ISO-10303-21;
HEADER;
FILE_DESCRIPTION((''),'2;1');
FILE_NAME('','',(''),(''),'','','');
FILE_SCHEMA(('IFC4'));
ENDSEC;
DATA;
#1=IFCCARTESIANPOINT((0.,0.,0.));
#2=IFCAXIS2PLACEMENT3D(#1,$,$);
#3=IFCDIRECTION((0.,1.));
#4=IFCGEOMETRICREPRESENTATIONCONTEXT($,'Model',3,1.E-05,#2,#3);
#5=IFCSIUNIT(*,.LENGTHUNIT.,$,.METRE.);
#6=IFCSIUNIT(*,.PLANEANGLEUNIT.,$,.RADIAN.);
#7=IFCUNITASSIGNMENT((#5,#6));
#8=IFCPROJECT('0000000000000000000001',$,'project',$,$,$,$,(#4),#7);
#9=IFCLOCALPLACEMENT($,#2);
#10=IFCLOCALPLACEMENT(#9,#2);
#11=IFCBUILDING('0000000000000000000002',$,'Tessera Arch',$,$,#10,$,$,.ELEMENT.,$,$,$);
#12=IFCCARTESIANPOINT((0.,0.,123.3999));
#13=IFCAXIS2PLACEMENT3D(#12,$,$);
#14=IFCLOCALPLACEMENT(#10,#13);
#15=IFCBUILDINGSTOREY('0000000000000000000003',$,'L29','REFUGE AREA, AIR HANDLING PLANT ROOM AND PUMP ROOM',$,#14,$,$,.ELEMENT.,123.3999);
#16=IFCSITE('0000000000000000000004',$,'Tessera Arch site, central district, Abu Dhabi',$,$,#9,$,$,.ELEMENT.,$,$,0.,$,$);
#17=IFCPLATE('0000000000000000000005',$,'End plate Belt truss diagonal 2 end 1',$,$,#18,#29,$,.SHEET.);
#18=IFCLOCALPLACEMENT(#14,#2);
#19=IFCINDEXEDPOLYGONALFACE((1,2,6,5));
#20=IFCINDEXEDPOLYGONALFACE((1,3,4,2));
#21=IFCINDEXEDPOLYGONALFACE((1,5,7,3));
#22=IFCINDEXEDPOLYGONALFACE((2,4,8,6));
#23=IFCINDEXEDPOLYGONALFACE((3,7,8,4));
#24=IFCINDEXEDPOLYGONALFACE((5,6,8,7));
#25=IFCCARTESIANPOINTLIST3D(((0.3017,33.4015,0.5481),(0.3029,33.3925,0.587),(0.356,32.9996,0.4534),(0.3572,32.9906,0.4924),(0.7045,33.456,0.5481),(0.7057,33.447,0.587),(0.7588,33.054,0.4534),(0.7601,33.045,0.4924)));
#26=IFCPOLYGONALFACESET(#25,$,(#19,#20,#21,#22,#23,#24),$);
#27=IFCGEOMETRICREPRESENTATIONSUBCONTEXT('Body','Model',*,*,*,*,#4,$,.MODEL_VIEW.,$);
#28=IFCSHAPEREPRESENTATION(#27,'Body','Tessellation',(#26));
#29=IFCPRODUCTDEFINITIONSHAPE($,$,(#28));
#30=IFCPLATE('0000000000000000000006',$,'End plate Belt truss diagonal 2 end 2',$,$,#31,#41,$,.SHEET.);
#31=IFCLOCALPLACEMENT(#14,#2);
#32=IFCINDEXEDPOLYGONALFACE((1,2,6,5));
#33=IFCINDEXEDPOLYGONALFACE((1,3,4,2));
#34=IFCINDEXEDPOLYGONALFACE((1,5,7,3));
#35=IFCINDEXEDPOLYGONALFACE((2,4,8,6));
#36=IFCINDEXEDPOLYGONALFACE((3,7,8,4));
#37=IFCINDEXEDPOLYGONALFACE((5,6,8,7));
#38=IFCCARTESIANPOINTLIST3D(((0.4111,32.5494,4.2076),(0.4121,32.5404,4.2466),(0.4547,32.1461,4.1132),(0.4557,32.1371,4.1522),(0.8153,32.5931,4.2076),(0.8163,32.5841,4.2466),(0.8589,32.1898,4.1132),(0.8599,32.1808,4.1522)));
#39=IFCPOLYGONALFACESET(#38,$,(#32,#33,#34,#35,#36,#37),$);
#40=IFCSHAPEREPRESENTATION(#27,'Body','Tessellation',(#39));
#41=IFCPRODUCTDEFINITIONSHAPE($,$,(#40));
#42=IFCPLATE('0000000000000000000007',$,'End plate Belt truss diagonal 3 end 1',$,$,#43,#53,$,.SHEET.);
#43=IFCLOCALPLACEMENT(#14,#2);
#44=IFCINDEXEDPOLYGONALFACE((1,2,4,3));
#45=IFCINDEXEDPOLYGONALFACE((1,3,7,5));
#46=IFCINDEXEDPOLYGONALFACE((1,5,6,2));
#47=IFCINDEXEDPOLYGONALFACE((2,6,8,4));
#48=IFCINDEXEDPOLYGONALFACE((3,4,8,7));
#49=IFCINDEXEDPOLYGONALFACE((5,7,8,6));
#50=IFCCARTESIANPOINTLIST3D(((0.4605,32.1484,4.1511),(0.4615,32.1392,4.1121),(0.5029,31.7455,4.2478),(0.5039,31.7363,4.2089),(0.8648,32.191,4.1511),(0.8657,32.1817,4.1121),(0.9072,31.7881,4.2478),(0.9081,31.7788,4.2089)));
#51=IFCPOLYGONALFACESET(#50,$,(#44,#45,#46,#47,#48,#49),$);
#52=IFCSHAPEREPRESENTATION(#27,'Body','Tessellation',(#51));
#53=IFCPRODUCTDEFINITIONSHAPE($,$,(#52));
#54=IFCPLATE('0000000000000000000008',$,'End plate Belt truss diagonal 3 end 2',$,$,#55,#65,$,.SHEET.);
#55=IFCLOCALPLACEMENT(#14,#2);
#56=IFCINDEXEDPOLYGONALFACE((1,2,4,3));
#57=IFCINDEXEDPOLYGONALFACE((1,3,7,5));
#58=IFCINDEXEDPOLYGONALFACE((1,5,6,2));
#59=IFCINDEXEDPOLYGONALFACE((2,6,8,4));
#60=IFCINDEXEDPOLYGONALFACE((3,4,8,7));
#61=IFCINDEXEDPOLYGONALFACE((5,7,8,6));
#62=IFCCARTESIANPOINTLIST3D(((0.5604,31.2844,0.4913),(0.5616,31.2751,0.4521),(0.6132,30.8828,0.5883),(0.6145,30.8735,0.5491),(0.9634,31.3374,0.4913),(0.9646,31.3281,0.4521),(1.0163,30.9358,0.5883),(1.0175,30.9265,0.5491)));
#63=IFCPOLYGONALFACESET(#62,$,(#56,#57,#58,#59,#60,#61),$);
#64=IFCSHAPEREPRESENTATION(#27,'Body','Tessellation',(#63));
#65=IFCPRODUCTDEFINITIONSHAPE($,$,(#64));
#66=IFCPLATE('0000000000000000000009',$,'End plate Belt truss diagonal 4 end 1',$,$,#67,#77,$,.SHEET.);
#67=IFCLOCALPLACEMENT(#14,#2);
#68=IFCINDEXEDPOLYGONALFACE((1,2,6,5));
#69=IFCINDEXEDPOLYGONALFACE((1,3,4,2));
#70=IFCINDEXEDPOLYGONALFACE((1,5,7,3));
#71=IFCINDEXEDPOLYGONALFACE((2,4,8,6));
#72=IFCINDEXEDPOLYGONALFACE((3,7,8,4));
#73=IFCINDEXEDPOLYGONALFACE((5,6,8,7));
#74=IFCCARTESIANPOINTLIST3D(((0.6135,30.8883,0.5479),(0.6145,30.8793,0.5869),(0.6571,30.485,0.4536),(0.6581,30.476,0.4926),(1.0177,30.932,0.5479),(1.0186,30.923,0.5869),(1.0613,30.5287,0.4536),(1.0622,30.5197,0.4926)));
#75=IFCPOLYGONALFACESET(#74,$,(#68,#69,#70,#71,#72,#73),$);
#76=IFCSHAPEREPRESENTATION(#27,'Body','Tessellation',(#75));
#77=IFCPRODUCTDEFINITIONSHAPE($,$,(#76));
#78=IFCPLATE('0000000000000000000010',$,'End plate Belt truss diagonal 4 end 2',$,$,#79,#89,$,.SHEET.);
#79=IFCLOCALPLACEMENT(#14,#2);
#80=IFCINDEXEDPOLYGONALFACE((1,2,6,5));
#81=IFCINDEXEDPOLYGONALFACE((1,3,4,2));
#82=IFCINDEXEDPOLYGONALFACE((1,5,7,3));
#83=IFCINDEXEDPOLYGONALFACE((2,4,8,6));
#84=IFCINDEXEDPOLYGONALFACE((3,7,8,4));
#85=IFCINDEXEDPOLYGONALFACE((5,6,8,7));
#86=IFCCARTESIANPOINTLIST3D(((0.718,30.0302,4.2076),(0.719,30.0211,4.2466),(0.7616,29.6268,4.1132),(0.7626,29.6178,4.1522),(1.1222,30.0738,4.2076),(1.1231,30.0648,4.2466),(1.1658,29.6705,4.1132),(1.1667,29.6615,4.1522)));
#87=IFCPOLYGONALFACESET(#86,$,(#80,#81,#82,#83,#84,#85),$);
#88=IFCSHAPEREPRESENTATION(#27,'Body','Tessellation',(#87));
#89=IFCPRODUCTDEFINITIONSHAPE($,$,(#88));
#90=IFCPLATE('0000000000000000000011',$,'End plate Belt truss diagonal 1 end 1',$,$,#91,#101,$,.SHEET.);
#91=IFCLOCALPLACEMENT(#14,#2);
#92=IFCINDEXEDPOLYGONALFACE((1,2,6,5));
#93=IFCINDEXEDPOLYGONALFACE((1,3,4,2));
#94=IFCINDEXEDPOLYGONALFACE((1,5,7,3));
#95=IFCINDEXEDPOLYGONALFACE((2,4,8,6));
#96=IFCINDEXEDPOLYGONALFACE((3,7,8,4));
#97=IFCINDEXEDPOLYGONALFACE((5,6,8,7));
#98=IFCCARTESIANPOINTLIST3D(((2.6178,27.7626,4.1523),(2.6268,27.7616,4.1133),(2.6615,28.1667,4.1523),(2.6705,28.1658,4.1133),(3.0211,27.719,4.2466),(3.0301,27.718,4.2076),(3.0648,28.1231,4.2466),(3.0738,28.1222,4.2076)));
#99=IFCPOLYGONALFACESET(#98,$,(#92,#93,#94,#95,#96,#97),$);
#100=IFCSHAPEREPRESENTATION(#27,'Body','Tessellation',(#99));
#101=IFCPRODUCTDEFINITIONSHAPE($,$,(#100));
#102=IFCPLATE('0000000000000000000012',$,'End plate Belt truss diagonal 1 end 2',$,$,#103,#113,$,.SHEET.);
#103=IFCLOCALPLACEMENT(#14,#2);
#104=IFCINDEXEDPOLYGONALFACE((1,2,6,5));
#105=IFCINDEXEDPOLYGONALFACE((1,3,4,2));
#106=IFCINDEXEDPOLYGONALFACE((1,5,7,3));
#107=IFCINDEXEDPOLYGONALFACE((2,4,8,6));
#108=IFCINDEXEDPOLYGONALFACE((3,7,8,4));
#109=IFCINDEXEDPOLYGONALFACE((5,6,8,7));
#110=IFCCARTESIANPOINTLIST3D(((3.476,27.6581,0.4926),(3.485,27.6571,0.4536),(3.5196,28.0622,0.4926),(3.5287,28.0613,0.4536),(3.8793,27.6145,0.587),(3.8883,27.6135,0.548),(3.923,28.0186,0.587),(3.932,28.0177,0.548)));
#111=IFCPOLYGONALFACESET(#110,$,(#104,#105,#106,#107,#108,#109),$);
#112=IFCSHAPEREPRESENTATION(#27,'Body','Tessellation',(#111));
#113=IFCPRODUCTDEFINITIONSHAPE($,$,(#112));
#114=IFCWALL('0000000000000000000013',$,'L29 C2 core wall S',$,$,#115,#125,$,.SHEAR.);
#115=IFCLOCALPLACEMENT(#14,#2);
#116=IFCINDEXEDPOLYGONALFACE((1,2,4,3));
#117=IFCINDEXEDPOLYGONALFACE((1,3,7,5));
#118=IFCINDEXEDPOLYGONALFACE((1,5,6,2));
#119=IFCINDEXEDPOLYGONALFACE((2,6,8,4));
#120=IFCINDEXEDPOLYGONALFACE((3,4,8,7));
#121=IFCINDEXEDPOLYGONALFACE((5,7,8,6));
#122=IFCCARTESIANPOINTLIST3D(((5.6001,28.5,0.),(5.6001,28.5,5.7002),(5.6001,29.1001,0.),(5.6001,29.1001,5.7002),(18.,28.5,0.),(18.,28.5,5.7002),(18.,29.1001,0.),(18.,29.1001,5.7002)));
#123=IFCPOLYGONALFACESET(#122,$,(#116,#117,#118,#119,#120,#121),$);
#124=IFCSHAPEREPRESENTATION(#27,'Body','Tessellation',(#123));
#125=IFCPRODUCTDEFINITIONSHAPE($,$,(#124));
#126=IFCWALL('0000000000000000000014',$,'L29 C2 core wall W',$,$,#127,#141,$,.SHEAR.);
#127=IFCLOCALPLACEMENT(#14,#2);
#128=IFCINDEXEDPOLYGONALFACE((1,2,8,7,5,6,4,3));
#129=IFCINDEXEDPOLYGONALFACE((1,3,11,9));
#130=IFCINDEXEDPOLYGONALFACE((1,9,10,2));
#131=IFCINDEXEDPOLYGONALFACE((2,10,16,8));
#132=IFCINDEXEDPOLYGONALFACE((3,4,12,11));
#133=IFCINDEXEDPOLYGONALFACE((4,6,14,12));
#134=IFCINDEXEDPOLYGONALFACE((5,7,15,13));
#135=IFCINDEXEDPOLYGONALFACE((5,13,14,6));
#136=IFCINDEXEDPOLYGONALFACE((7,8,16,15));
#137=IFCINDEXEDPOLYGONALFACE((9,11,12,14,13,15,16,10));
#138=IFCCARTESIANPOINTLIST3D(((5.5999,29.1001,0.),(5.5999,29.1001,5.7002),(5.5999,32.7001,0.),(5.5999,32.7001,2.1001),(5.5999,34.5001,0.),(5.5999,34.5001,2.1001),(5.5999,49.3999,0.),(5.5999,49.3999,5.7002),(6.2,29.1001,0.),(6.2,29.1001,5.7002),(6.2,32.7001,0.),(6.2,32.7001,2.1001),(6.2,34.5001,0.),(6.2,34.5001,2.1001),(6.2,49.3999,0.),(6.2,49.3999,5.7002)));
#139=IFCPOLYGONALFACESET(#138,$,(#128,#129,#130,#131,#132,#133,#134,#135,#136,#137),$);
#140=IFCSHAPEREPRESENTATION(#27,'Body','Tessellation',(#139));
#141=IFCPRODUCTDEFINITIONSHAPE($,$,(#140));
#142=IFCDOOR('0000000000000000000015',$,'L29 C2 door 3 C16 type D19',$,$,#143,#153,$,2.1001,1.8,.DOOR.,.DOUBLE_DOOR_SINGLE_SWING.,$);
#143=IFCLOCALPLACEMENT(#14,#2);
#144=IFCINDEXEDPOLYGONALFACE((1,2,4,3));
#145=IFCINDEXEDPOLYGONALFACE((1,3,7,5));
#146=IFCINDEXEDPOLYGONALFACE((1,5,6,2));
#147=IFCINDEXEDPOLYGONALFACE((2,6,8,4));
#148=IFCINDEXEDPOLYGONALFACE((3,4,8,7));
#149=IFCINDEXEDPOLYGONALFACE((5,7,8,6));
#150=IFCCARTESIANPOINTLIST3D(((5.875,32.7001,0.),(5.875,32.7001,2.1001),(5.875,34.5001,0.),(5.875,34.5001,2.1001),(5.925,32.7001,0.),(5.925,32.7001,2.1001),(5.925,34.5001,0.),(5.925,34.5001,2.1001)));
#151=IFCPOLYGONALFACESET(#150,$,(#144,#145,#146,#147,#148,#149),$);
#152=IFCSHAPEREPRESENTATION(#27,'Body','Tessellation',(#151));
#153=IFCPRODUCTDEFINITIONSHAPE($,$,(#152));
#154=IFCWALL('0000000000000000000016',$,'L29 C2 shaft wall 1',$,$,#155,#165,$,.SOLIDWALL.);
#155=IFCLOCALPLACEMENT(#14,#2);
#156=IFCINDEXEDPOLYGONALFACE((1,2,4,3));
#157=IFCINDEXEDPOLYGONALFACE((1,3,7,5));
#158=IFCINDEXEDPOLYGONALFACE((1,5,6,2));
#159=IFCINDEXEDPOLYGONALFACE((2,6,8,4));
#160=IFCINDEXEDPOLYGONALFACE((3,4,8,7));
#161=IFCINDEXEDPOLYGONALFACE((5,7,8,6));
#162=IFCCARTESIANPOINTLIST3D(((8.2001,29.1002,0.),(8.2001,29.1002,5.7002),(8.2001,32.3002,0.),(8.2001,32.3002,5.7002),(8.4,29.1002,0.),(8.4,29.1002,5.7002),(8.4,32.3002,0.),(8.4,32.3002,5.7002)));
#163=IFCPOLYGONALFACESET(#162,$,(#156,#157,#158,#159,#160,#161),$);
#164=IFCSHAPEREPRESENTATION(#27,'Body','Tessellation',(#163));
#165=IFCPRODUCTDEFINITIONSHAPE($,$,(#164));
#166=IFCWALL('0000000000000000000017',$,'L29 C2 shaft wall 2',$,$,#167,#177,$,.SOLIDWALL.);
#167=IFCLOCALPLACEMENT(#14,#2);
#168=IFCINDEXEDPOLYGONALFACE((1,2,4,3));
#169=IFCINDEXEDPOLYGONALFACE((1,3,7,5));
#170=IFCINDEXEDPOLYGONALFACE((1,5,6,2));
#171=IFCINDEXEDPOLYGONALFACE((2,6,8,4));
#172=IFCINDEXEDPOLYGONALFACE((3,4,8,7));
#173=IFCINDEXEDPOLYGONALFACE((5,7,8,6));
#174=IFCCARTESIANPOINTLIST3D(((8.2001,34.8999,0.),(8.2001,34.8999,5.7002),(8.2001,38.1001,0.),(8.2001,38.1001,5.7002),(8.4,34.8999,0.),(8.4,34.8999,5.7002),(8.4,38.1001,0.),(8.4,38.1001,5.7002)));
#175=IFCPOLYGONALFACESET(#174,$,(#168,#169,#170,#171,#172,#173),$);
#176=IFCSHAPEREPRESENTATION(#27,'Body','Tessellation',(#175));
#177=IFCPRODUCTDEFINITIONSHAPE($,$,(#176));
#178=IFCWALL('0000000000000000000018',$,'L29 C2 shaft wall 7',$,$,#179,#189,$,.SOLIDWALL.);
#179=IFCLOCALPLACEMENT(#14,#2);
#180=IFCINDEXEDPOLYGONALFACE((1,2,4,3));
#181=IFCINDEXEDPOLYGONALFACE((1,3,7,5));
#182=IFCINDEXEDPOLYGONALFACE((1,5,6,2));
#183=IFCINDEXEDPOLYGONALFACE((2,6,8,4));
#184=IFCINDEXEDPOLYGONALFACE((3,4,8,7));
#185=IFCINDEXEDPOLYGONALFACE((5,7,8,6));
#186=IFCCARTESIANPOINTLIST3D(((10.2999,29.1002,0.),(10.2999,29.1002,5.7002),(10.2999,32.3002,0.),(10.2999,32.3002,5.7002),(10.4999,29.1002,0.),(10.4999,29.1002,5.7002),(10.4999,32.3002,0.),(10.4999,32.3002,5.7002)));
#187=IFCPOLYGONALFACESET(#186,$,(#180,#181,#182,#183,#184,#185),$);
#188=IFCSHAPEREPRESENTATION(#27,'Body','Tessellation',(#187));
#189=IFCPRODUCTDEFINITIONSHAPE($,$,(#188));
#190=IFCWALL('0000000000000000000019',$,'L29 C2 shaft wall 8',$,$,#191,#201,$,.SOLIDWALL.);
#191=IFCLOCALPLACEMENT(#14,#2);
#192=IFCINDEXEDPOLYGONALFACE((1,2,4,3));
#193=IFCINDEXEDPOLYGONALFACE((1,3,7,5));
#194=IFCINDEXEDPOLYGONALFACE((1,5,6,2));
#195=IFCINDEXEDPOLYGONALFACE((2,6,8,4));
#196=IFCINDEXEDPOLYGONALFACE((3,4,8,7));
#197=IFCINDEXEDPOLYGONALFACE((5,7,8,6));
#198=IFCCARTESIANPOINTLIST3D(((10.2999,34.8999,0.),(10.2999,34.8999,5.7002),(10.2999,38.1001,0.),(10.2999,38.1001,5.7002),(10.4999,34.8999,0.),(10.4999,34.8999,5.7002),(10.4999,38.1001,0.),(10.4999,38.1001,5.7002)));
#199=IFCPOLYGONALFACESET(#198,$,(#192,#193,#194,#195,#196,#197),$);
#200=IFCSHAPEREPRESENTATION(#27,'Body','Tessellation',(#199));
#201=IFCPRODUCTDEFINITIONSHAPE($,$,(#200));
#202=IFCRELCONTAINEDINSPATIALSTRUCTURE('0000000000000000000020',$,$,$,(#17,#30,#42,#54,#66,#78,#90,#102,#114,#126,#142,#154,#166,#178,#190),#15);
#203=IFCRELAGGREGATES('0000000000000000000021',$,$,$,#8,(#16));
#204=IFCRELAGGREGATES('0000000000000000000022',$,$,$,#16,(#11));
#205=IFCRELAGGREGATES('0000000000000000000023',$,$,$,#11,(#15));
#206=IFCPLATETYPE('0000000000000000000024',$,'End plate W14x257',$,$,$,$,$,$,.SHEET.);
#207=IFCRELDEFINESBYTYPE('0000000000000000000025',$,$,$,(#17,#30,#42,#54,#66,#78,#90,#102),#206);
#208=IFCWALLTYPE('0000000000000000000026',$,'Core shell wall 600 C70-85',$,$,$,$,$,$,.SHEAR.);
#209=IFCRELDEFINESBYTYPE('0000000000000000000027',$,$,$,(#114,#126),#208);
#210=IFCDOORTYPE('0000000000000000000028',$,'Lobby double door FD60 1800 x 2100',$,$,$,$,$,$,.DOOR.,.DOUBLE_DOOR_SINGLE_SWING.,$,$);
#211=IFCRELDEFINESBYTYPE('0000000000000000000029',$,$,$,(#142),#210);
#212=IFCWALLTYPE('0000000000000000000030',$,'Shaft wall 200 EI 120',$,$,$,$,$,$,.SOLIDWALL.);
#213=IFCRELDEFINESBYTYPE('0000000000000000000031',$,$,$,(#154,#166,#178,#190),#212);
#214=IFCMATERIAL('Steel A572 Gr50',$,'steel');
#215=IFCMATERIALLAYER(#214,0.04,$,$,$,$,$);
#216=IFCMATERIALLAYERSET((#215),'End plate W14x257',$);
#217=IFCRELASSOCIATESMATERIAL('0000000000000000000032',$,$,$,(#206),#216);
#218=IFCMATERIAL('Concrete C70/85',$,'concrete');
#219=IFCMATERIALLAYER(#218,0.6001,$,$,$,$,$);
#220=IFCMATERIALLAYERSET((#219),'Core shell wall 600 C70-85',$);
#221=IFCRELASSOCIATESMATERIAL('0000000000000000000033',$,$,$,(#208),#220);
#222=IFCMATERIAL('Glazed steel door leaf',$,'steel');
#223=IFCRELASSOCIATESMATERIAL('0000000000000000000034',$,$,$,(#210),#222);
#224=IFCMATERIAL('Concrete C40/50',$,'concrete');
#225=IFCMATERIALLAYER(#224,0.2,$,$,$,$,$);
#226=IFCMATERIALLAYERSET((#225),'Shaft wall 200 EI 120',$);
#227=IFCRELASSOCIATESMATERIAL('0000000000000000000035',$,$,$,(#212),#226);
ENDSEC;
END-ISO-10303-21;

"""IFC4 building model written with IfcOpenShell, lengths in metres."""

from ifc_helpers import new_model, si_unit, direction, frame, frame_2d, origin, origin_2d, place, context, subcontext, project, spatial, rectangle, extrude, material, layer, layer_set, type_object, element, fill, save


model = new_model("IFC4")

# Units and contexts
model_context = context("Model", 3, precision=1e-05, world=origin(), true_north=direction((0.0, 1.0)))
body_context = subcontext(model_context, "Body", "Model", "MODEL_VIEW")
ifc_project = project(units=[si_unit("LENGTHUNIT", "METRE"), si_unit("PLANEANGLEUNIT", "RADIAN")], contexts=[model_context])

# Site, building, storey
site_placement = place(None, origin())
site = spatial("IfcSite", under=ifc_project, at=site_placement, Name="Tessera Arch site, central district, Abu Dhabi", CompositionType="ELEMENT", RefElevation=0.0)
building_placement = place(site_placement, origin())
building = spatial("IfcBuilding", under=site, at=building_placement, Name="Tessera Arch", CompositionType="ELEMENT")
storey_placement = place(building_placement, frame((0.0, 0.0, 123.3999)))
storey = spatial("IfcBuildingStorey", under=building, at=storey_placement, Name="L29", Description="REFUGE AREA, AIR HANDLING PLANT ROOM AND PUMP ROOM", CompositionType="ELEMENT", Elevation=123.3999)

# Plates
ifc_material_1 = material(Name="Steel A572 Gr50", Category="steel")
ifc_layer_1 = layer(ifc_material_1, 0.04)
ifc_layer_set_1 = layer_set([ifc_layer_1], Name="End plate W14x257")
plate_type_1 = type_object("IfcPlateType", Name="End plate W14x257", PredefinedType="SHEET", material=ifc_layer_set_1)
for number, where, z_axis, x_axis, name in (
    (1, (0.5303, 33.2278, 0.5007), (0.030432, -0.2252, 0.973837), (0.990992, 0.133918, 0.0), "End plate Belt truss diagonal 2 end 1"),
    (2, (0.635, 32.3696, 4.1604), (0.02435, -0.225237, 0.974), (0.994207, 0.107482, 0.0), "End plate Belt truss diagonal 2 end 2"),
    (3, (0.6838, 31.9683, 4.1995), (0.024316, -0.231004, -0.972649), (0.994505, 0.104685, 0.0), "End plate Belt truss diagonal 3 end 1"),
):
    element("IfcPlate", number, at=place(storey_placement, frame(where, z_axis=z_axis, x_axis=x_axis)), inside=storey, type_object=plate_type_1, Name=name, PredefinedType="SHEET", context=body_context, shape_type="SweptSolid", body=[
        extrude(rectangle(XDim=0.4065, YDim=0.4165, at=origin_2d()), origin(), (0.0, 0.0, 1.0), 0.04),
    ])
plate_1_placement = place(storey_placement, frame((0.7883, 31.1101, 0.5398), z_axis=(0.03039, -0.230966, -0.972487), x_axis=(0.991454, 0.130455, 0.0)))
element("IfcPlate", 4, at=plate_1_placement, inside=storey, type_object=plate_type_1, Name="End plate Belt truss diagonal 3 end 2", PredefinedType="SHEET", context=body_context, shape_type="SweptSolid", body=[
    extrude(rectangle(XDim=0.4065, YDim=0.4165, at=origin_2d()), origin(), (0.0, 0.0, 1.0), 0.0403),
])
for number, where, z_axis, x_axis, name in (
    (5, (0.8374, 30.7085, 0.5007), (0.02435, -0.225237, 0.974), (0.994207, 0.107482, 0.0), "End plate Belt truss diagonal 4 end 1"),
    (6, (0.9419, 29.8503, 4.1604), (0.02435, -0.225237, 0.974), (0.994207, 0.107482, 0.0), "End plate Belt truss diagonal 4 end 2"),
    (7, (2.8413, 27.9429, 4.1995), (0.225237, -0.02435, -0.974), (0.107482, 0.994207, 0.0), "End plate Belt truss diagonal 1 end 1"),
    (8, (3.6995, 27.8384, 0.5398), (0.225237, -0.02435, -0.974), (0.107482, 0.994207, 0.0), "End plate Belt truss diagonal 1 end 2"),
):
    element("IfcPlate", number, at=place(storey_placement, frame(where, z_axis=z_axis, x_axis=x_axis)), inside=storey, type_object=plate_type_1, Name=name, PredefinedType="SHEET", context=body_context, shape_type="SweptSolid", body=[
        extrude(rectangle(XDim=0.4065, YDim=0.4165, at=origin_2d()), origin(), (0.0, 0.0, 1.0), 0.04),
    ])

# Wall
ifc_material_2 = material(Name="Concrete C70/85", Category="concrete")
ifc_layer_2 = layer(ifc_material_2, 0.6001)
ifc_layer_set_2 = layer_set([ifc_layer_2], Name="Core shell wall 600 C70-85")
wall_type_1 = type_object("IfcWallType", Name="Core shell wall 600 C70-85", PredefinedType="SHEAR", material=ifc_layer_set_2)
wall_1_placement = place(storey_placement, frame((5.6001, 28.8, 0.0), z_axis=(0.0, 0.0, 1.0), x_axis=(1.0, 0.0, 0.0)))
element("IfcWall", 9, at=wall_1_placement, inside=storey, type_object=wall_type_1, Name="L29 C2 core wall S", PredefinedType="SHEAR", context=body_context, shape_type="SweptSolid", body=[
    extrude(rectangle(XDim=12.3999, YDim=0.6001, at=frame_2d((6.2, 0.0))), origin(), (0.0, 0.0, 1.0), 5.7002),
])

# Wall, opening, door
wall_2_placement = place(storey_placement, frame((5.8999, 29.1001, 0.0), z_axis=(0.0, 0.0, 1.0), x_axis=(0.0, 1.0, 0.0)))
wall_2 = element("IfcWall", 10, at=wall_2_placement, inside=storey, type_object=wall_type_1, Name="L29 C2 core wall W", PredefinedType="SHEAR", context=body_context, shape_type="SweptSolid", body=[
    extrude(rectangle(XDim=20.2998, YDim=0.6001, at=frame_2d((10.1499, 0.0))), origin(), (0.0, 0.0, 1.0), 5.7002),
])
opening_placement = place(wall_2_placement, frame((3.6001, 0.0, 0.0)))
opening = element("IfcOpeningElement", 11, at=opening_placement, cuts=wall_2, PredefinedType="OPENING", context=body_context, shape_type="SweptSolid", body=[
    extrude(rectangle(XDim=1.8, YDim=2.1001, at=frame_2d((0.8999, 1.05))), frame((0.0, 0.3101, 0.0), z_axis=(0.0, -1.0, 0.0), x_axis=(1.0, 0.0, 0.0)), (0.0, 0.0, 1.0), 0.6201),
])
ifc_material_3 = material(Name="Glazed steel door leaf", Category="steel")
door_type = type_object("IfcDoorType", Name="Lobby double door FD60 1800 x 2100", OperationType="DOUBLE_DOOR_SINGLE_SWING", PredefinedType="DOOR", material=ifc_material_3)
door_placement = place(opening_placement, origin())
door = element("IfcDoor", 12, at=door_placement, inside=storey, type_object=door_type, Name="L29 C2 door 3 C16 type D19", OperationType="DOUBLE_DOOR_SINGLE_SWING", OverallHeight=2.1001, OverallWidth=1.8, PredefinedType="DOOR", context=body_context, shape_type="SweptSolid", body=[
    extrude(rectangle(XDim=1.8, YDim=2.1001, at=frame_2d((0.8999, 1.05))), frame((0.0, 0.0249, 0.0), z_axis=(0.0, -1.0, 0.0), x_axis=(1.0, 0.0, 0.0)), (0.0, 0.0, 1.0), 0.05),
])
fill(opening, door)

# Walls
ifc_material_4 = material(Name="Concrete C40/50", Category="concrete")
ifc_layer_3 = layer(ifc_material_4, 0.2)
ifc_layer_set_3 = layer_set([ifc_layer_3], Name="Shaft wall 200 EI 120")
wall_type_2 = type_object("IfcWallType", Name="Shaft wall 200 EI 120", PredefinedType="SOLIDWALL", material=ifc_layer_set_3)
wall_3_placement = place(storey_placement, frame((8.3, 29.1001, 0.0), z_axis=(0.0, 0.0, 1.0), x_axis=(0.0, 1.0, 0.0)))
element("IfcWall", 13, at=wall_3_placement, inside=storey, type_object=wall_type_2, Name="L29 C2 shaft wall 1", PredefinedType="SOLIDWALL", context=body_context, shape_type="SweptSolid", body=[
    extrude(rectangle(XDim=3.2, YDim=0.2, at=frame_2d((1.6001, 0.0))), origin(), (0.0, 0.0, 1.0), 5.7002),
])
wall_4_placement = place(storey_placement, frame((8.3, 34.8999, 0.0), z_axis=(0.0, 0.0, 1.0), x_axis=(0.0, 1.0, 0.0)))
element("IfcWall", 14, at=wall_4_placement, inside=storey, type_object=wall_type_2, Name="L29 C2 shaft wall 2", PredefinedType="SOLIDWALL", context=body_context, shape_type="SweptSolid", body=[
    extrude(rectangle(XDim=3.2002, YDim=0.2, at=frame_2d((1.6001, 0.0))), origin(), (0.0, 0.0, 1.0), 5.7002),
])
wall_5_placement = place(storey_placement, frame((10.3999, 29.1001, 0.0), z_axis=(0.0, 0.0, 1.0), x_axis=(0.0, 1.0, 0.0)))
element("IfcWall", 15, at=wall_5_placement, inside=storey, type_object=wall_type_2, Name="L29 C2 shaft wall 7", PredefinedType="SOLIDWALL", context=body_context, shape_type="SweptSolid", body=[
    extrude(rectangle(XDim=3.2, YDim=0.2, at=frame_2d((1.6001, 0.0))), origin(), (0.0, 0.0, 1.0), 5.7002),
])
wall_6_placement = place(storey_placement, frame((10.3999, 34.8999, 0.0), z_axis=(0.0, 0.0, 1.0), x_axis=(0.0, 1.0, 0.0)))
element("IfcWall", 16, at=wall_6_placement, inside=storey, type_object=wall_type_2, Name="L29 C2 shaft wall 8", PredefinedType="SOLIDWALL", context=body_context, shape_type="SweptSolid", body=[
    extrude(rectangle(XDim=3.2002, YDim=0.2, at=frame_2d((1.6001, 0.0))), origin(), (0.0, 0.0, 1.0), 5.7002),
])

save(model, "model.ifc")
